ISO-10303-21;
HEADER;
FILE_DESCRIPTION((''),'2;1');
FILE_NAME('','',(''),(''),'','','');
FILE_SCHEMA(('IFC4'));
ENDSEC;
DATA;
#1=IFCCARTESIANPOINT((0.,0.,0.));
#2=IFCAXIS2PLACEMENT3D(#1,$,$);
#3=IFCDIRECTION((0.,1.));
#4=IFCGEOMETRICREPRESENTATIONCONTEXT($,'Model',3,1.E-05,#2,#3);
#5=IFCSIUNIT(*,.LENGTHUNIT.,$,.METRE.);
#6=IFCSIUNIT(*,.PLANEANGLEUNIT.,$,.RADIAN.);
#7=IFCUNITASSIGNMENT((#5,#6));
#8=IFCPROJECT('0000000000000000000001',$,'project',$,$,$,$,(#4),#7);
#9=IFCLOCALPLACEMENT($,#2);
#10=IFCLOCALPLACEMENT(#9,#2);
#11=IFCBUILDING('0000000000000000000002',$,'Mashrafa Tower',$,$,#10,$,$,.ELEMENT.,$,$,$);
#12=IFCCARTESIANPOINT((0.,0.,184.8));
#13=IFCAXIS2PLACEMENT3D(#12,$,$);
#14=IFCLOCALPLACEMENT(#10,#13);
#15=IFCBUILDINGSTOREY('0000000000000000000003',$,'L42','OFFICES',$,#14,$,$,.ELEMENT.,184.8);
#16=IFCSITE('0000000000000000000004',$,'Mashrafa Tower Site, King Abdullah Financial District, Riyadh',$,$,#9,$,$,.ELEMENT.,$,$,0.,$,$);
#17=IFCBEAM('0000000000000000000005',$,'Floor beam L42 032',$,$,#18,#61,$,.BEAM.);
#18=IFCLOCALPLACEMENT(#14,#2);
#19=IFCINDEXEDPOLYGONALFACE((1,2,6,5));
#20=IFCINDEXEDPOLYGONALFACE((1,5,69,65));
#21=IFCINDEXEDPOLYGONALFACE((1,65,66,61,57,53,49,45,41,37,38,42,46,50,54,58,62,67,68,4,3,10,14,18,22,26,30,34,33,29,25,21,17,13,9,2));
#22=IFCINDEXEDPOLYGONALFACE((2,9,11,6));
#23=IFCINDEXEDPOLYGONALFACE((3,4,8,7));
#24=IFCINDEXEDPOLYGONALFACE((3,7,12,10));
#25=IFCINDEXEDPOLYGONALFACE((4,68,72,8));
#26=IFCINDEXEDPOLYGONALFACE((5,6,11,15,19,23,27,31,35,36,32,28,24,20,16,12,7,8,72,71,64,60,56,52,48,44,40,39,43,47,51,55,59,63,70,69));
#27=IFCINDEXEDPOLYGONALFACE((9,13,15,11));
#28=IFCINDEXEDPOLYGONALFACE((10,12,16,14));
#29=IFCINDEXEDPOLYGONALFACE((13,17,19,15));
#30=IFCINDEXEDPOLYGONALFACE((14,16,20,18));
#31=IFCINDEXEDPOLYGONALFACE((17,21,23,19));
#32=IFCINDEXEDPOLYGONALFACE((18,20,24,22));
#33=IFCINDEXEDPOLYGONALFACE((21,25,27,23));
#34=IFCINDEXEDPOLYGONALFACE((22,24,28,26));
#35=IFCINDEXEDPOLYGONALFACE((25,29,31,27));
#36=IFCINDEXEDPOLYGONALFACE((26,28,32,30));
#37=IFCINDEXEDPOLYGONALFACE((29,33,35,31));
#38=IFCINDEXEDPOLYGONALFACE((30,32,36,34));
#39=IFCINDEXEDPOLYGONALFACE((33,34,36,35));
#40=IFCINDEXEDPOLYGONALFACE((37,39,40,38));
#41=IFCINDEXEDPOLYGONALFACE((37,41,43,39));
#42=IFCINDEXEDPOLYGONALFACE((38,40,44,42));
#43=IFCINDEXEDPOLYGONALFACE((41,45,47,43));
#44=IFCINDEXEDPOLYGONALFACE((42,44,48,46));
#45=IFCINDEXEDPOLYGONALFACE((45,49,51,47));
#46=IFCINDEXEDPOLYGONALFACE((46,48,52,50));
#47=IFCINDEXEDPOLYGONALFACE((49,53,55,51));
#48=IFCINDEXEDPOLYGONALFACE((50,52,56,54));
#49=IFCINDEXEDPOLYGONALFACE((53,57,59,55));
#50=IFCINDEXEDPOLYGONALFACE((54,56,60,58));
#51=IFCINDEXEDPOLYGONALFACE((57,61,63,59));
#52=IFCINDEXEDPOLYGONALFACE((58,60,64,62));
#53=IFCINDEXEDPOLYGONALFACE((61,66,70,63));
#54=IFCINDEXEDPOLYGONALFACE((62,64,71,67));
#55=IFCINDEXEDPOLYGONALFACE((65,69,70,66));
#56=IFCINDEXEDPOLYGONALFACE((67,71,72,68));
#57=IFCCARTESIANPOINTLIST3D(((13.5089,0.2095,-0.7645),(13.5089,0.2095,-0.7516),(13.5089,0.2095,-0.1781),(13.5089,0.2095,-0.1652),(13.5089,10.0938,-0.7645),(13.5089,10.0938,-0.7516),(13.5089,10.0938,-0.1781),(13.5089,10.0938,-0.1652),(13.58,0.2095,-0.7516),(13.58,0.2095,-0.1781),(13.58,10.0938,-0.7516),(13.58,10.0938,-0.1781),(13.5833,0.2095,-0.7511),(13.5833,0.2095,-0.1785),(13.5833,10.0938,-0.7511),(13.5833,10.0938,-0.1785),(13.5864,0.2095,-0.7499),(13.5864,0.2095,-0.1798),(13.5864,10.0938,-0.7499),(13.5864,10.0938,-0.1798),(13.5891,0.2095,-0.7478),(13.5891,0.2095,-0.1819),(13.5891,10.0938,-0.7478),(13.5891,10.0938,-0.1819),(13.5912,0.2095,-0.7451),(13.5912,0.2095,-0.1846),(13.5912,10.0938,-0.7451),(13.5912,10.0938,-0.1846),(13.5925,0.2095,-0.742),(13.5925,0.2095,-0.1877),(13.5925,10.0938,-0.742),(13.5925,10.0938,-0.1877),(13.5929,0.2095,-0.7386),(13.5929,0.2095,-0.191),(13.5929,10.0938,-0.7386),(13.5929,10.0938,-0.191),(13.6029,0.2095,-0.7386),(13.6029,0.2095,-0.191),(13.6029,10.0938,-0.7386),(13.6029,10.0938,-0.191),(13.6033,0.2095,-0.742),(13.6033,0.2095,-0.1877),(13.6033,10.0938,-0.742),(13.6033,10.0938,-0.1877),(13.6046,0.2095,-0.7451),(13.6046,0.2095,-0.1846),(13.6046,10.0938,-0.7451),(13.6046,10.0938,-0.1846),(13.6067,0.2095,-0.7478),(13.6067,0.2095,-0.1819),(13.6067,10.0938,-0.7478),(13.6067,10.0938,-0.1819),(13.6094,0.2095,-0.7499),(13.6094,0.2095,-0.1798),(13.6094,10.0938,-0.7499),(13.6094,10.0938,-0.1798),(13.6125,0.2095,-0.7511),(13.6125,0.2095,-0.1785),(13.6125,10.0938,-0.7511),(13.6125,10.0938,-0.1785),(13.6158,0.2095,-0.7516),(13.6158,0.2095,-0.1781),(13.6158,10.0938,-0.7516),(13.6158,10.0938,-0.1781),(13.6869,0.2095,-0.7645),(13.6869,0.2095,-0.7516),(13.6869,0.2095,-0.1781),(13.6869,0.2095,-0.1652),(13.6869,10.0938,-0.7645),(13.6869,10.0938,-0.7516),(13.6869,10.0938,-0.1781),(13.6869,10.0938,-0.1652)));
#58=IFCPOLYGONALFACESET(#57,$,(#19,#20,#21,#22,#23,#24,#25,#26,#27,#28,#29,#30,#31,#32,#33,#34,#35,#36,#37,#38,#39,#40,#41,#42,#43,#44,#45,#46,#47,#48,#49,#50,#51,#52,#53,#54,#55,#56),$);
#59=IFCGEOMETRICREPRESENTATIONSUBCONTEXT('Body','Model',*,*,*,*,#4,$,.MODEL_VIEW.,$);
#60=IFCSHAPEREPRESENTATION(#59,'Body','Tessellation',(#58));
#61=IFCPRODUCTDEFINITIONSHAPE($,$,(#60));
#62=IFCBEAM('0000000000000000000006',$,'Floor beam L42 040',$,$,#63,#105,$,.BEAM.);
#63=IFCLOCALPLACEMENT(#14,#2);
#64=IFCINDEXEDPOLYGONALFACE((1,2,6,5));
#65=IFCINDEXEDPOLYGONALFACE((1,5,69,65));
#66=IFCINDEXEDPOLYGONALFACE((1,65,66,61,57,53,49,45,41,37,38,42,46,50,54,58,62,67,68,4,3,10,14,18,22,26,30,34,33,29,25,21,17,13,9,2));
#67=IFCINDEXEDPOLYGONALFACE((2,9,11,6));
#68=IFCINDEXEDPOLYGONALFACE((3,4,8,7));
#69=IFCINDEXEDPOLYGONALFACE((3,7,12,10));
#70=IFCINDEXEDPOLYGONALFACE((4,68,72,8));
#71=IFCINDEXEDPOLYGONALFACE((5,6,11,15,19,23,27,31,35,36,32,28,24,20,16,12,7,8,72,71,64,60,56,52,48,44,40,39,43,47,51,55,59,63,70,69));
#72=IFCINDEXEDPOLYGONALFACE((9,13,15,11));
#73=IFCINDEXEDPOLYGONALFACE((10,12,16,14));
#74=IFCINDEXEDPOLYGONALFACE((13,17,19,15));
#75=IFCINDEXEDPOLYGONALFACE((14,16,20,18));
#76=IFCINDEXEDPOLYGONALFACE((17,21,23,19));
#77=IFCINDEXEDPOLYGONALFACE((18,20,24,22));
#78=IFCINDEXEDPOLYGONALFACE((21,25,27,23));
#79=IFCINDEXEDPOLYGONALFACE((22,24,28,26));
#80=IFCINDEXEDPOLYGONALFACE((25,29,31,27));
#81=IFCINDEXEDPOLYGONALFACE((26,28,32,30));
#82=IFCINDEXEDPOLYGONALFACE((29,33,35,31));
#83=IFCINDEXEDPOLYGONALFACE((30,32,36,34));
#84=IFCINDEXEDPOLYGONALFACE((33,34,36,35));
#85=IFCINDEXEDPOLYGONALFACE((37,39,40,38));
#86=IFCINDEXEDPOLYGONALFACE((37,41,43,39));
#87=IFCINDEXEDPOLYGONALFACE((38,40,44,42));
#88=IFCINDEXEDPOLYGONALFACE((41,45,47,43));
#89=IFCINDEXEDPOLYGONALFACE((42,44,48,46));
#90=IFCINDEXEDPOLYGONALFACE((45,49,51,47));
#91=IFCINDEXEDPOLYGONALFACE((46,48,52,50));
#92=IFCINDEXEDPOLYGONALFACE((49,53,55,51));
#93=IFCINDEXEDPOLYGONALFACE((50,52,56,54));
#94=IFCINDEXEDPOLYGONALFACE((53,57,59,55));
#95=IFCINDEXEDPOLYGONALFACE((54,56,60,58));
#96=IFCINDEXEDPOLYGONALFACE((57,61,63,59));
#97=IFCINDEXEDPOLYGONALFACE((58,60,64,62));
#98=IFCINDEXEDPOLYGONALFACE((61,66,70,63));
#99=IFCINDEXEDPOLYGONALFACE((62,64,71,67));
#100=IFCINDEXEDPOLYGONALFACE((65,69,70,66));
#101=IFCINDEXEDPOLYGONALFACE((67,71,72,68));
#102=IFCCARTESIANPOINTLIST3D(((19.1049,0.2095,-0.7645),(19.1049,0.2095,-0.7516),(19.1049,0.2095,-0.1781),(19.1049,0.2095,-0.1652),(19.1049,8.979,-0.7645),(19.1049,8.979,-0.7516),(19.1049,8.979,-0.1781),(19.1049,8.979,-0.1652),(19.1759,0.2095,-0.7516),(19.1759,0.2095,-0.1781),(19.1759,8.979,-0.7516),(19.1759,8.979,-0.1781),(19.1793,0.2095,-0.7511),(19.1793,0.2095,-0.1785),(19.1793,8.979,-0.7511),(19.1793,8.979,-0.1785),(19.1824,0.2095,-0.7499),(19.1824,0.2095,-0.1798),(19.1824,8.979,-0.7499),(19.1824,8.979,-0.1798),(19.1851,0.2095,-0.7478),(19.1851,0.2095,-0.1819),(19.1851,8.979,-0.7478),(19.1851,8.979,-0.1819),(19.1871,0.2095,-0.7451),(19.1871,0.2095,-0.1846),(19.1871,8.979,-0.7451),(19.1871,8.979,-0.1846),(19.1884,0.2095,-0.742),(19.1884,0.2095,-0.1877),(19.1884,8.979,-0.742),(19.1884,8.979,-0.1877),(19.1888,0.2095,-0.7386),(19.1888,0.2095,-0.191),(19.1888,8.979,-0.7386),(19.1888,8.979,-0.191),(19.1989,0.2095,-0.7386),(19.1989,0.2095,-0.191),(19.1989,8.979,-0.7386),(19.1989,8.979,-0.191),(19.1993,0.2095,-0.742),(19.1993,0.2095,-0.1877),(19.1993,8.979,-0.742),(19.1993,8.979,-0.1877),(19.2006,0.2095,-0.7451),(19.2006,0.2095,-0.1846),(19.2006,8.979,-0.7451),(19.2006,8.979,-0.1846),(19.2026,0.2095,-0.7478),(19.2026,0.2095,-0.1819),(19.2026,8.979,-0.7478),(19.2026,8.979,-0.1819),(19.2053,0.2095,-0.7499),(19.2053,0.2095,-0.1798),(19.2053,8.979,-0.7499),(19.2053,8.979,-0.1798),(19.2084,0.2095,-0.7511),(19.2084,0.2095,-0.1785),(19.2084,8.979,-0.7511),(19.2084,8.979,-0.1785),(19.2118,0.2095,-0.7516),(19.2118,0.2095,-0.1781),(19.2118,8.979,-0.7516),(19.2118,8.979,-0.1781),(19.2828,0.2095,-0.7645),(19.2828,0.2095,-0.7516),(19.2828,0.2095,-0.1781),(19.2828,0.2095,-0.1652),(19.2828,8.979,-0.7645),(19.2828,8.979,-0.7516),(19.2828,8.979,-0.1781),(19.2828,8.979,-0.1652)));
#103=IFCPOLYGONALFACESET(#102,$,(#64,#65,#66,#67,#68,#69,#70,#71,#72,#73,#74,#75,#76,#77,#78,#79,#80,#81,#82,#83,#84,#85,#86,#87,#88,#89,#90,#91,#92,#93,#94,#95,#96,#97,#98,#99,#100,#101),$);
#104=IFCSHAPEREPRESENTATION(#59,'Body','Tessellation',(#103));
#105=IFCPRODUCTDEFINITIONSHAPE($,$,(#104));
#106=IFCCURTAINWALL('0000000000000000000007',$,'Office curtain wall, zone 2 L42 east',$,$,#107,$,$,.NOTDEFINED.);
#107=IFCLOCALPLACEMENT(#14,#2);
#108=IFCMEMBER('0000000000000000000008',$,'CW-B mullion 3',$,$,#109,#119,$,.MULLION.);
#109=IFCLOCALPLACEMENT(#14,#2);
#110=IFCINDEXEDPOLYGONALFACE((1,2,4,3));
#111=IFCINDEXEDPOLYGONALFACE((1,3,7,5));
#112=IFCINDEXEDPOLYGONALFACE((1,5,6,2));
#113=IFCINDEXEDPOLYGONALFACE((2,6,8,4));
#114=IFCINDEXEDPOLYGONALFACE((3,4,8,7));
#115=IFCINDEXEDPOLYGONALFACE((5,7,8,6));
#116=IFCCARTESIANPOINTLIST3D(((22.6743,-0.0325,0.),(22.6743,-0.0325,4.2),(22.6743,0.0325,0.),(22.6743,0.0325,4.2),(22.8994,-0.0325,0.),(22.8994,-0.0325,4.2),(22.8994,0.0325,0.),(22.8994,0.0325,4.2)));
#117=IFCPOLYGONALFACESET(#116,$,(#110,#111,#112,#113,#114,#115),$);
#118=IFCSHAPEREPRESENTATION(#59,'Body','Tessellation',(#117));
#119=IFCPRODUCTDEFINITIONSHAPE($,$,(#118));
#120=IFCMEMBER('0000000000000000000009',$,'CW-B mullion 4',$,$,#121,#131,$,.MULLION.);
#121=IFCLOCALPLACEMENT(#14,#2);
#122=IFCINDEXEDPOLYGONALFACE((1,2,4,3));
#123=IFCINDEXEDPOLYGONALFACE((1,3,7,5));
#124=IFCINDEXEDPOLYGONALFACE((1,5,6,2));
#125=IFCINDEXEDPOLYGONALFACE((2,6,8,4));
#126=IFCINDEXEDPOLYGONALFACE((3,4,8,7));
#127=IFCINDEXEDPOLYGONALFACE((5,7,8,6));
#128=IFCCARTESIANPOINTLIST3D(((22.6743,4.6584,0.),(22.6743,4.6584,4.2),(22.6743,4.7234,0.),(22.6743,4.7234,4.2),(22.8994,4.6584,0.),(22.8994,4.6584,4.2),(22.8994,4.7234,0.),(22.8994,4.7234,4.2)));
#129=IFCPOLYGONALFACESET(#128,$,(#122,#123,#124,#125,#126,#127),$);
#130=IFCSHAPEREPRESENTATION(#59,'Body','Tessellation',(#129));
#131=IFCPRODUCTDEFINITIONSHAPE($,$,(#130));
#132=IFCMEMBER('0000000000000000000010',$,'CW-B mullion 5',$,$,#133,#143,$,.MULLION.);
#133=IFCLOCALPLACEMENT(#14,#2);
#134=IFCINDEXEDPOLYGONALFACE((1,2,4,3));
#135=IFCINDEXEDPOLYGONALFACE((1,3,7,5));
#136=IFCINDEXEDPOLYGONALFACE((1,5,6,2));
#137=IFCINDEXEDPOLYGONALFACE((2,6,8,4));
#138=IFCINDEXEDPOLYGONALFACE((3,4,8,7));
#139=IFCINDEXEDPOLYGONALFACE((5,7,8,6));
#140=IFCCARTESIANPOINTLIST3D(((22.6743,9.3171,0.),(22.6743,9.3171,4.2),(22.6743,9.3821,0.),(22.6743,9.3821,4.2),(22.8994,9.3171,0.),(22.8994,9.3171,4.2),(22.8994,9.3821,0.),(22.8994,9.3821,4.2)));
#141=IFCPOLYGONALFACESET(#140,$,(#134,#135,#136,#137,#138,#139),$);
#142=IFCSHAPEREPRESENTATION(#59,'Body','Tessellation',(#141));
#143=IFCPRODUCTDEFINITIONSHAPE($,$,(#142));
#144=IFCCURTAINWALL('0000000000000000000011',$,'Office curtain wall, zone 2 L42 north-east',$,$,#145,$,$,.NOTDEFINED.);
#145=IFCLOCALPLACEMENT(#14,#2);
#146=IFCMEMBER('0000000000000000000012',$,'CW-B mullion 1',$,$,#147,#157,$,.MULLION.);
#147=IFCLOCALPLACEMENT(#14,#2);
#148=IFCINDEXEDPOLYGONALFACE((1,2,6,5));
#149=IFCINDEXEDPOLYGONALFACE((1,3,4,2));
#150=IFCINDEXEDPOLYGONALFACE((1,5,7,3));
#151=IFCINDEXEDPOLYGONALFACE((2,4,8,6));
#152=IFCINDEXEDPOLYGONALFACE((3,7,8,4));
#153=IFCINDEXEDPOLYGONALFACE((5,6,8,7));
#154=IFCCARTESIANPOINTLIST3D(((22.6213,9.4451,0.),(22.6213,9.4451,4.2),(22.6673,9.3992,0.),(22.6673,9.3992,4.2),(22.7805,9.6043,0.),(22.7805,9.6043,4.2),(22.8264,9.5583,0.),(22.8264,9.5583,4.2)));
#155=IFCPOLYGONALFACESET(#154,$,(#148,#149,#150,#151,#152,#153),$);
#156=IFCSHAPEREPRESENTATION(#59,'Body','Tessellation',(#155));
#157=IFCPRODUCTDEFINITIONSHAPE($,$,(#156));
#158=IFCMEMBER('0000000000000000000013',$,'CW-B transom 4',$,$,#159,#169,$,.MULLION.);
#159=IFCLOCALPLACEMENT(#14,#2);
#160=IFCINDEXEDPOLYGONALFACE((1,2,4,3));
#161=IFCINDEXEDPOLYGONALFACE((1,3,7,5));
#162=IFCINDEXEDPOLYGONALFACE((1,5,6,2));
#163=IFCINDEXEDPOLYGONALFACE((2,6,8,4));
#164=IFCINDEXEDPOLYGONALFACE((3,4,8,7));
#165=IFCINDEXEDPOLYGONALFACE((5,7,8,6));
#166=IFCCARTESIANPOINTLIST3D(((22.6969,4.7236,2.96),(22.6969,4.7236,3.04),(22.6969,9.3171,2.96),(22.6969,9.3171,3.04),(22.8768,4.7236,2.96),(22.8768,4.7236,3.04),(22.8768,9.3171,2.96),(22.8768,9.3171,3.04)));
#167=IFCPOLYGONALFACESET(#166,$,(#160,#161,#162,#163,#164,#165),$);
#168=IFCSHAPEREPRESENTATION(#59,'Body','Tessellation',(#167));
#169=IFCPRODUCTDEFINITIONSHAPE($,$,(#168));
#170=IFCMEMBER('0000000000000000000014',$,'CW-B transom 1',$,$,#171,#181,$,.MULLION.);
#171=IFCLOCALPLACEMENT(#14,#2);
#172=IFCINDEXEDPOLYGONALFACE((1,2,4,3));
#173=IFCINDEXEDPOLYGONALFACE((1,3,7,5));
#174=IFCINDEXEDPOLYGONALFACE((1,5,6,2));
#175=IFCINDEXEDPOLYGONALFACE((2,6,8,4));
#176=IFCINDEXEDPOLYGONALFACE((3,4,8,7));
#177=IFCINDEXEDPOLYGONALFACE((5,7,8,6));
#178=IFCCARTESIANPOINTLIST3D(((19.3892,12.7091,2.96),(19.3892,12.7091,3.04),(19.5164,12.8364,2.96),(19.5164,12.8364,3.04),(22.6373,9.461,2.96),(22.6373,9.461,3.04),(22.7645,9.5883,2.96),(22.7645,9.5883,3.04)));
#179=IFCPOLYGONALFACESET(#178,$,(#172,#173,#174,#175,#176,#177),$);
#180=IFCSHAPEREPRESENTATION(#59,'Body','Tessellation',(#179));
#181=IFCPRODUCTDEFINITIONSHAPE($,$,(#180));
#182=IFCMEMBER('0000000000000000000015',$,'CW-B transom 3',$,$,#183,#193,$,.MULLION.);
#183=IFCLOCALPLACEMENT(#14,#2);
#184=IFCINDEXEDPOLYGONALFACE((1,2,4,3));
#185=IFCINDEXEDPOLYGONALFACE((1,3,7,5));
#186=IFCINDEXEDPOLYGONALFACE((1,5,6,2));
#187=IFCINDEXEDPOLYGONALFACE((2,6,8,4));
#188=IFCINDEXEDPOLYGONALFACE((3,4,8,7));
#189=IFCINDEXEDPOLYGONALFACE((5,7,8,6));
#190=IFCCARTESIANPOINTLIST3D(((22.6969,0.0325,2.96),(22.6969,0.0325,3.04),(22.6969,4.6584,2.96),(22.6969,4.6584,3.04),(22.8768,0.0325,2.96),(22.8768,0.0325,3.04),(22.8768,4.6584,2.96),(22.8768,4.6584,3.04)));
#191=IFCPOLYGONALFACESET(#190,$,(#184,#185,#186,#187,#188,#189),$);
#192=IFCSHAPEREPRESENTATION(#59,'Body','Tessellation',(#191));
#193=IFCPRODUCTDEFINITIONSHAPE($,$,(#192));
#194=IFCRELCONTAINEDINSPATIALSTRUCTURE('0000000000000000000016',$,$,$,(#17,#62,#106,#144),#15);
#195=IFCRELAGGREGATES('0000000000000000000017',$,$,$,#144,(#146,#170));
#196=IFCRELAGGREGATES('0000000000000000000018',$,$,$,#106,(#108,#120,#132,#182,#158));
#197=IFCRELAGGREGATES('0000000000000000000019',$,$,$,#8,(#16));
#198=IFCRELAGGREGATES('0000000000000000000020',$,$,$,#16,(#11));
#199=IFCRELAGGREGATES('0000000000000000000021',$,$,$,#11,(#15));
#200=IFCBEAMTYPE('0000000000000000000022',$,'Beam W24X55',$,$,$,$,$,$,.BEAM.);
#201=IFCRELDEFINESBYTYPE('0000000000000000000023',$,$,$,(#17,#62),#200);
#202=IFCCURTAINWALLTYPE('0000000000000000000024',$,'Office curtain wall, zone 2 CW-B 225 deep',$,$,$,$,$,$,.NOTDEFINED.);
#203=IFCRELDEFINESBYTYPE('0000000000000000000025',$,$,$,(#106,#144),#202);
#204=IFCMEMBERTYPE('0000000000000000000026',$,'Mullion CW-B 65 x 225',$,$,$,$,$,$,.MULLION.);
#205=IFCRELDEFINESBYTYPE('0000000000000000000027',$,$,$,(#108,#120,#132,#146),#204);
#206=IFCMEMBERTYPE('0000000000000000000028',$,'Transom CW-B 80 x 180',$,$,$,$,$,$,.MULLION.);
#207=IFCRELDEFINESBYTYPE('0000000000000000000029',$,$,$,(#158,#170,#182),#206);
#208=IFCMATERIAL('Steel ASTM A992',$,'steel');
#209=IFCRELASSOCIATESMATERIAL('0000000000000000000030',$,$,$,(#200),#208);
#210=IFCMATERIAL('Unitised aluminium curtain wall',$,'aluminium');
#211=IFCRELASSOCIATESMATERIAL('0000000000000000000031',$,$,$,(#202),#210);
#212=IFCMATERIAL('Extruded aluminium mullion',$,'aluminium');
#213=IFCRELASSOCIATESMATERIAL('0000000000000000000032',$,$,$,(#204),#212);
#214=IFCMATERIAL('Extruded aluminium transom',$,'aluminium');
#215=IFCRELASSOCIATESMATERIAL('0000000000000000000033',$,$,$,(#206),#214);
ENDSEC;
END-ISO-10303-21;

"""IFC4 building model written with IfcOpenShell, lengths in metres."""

from ifc_helpers import new_model, si_unit, direction, frame, origin, origin_2d, place, context, subcontext, project, spatial, rectangle, i_section, extrude, source, transform, mapped, material, material_profile, profile_set, type_object, type_shapes, element, aggregate, save


model = new_model("IFC4")

# Units and contexts
model_context = context("Model", 3, precision=1e-05, world=origin(), true_north=direction((0.0, 1.0)))
body_context = subcontext(model_context, "Body", "Model", "MODEL_VIEW")
ifc_project = project(units=[si_unit("LENGTHUNIT", "METRE"), si_unit("PLANEANGLEUNIT", "RADIAN")], contexts=[model_context])

# Site, building, storey
site_placement = place(None, origin())
site = spatial("IfcSite", under=ifc_project, at=site_placement, Name="Mashrafa Tower Site, King Abdullah Financial District, Riyadh", CompositionType="ELEMENT", RefElevation=0.0)
building_placement = place(site_placement, origin())
building = spatial("IfcBuilding", under=site, at=building_placement, Name="Mashrafa Tower", CompositionType="ELEMENT")
storey_placement = place(building_placement, frame((0.0, 0.0, 184.8)))
storey = spatial("IfcBuildingStorey", under=building, at=storey_placement, Name="L42", Description="OFFICES", CompositionType="ELEMENT", Elevation=184.8)

# Beams
ifc_material_1 = material(Name="Steel ASTM A992", Category="steel")
ifc_material_profile_1 = material_profile(ifc_material_1, i_section(OverallWidth=0.178, OverallDepth=0.5994, WebThickness=0.01, FlangeThickness=0.0129, FilletRadius=0.0129, at=origin_2d()), Name="W24X55")
ifc_profile_set_1 = profile_set([ifc_material_profile_1], Name="Steel ASTM A992")
beam_type_1 = type_object("IfcBeamType", Name="Beam W24X55", PredefinedType="BEAM", material=ifc_profile_set_1)
beam_1_placement = place(storey_placement, frame((13.5979, 10.0938, -0.4648), z_axis=(0.0, -1.0, 0.0), x_axis=(1.0, 0.0, 0.0)))
element("IfcBeam", 1, at=beam_1_placement, inside=storey, type_object=beam_type_1, Name="Floor beam L42 032", PredefinedType="BEAM", context=body_context, shape_type="SweptSolid", body=[
    extrude(i_section(OverallWidth=0.178, OverallDepth=0.5994, WebThickness=0.01, FlangeThickness=0.0129, FilletRadius=0.0129, at=origin_2d()), origin(), (0.0, 0.0, 1.0), 9.8843),
])
beam_2_placement = place(storey_placement, frame((19.1938, 8.979, -0.4648), z_axis=(0.0, -1.0, 0.0), x_axis=(1.0, 0.0, 0.0)))
element("IfcBeam", 2, at=beam_2_placement, inside=storey, type_object=beam_type_1, Name="Floor beam L42 040", PredefinedType="BEAM", context=body_context, shape_type="SweptSolid", body=[
    extrude(i_section(OverallWidth=0.178, OverallDepth=0.5994, WebThickness=0.01, FlangeThickness=0.0129, FilletRadius=0.0129, at=origin_2d()), origin(), (0.0, 0.0, 1.0), 8.7695),
])

# Curtain wall, members
ifc_material_2 = material(Name="Unitised aluminium curtain wall", Category="aluminium")
curtain_wall_type = type_object("IfcCurtainWallType", Name="Office curtain wall, zone 2 CW-B 225 deep", PredefinedType="NOTDEFINED", material=ifc_material_2)
curtain_wall_1_placement = place(storey_placement, origin())
curtain_wall_1 = element("IfcCurtainWall", 3, at=curtain_wall_1_placement, inside=storey, type_object=curtain_wall_type, Name="Office curtain wall, zone 2 L42 east", PredefinedType="NOTDEFINED")
ifc_material_3 = material(Name="Extruded aluminium mullion", Category="aluminium")
ifc_material_profile_2 = material_profile(ifc_material_3, rectangle(XDim=0.2251, YDim=0.0649, at=origin_2d()), Name="Mullion 65x225")
ifc_profile_set_2 = profile_set([ifc_material_profile_2], Name="Extruded aluminium mullion")
member_type_1 = type_object("IfcMemberType", Name="Mullion CW-B 65 x 225", PredefinedType="MULLION", material=ifc_profile_set_2)
shared_shape_1 = source(origin(), body_context, "Body", "SweptSolid", [
    extrude(rectangle(XDim=0.2251, YDim=0.0649, at=origin_2d()), origin(), (0.0, 0.0, 1.0), 4.2),
])
type_shapes(member_type_1, [shared_shape_1])
member_1_placement = place(storey_placement, frame((22.7869, 0.0, 0.0), z_axis=(0.0, 0.0, 1.0), x_axis=(-1.0, 0.0, 0.0)))
member_1 = element("IfcMember", 4, at=member_1_placement, type_object=member_type_1, Name="CW-B mullion 3", PredefinedType="MULLION", context=body_context, shape_type="MappedRepresentation", body=[
    mapped(shared_shape_1, transform((0.0, 0.0, 0.0))),
])
member_2_placement = place(storey_placement, frame((22.7869, 4.6909, 0.0), z_axis=(0.0, 0.0, 1.0), x_axis=(-1.0, 0.0, 0.0)))
member_2 = element("IfcMember", 5, at=member_2_placement, type_object=member_type_1, Name="CW-B mullion 4", PredefinedType="MULLION", context=body_context, shape_type="MappedRepresentation", body=[
    mapped(shared_shape_1, transform((0.0, 0.0, 0.0))),
])
member_3_placement = place(storey_placement, frame((22.7869, 9.3496, 0.0), z_axis=(0.0, 0.0, 1.0), x_axis=(-1.0, 0.0, 0.0)))
member_3 = element("IfcMember", 6, at=member_3_placement, type_object=member_type_1, Name="CW-B mullion 5", PredefinedType="MULLION", context=body_context, shape_type="MappedRepresentation", body=[
    mapped(shared_shape_1, transform((0.0, 0.0, 0.0))),
])

# Curtain wall, member
curtain_wall_2_placement = place(storey_placement, origin())
curtain_wall_2 = element("IfcCurtainWall", 7, at=curtain_wall_2_placement, inside=storey, type_object=curtain_wall_type, Name="Office curtain wall, zone 2 L42 north-east", PredefinedType="NOTDEFINED")
member_4_placement = place(storey_placement, frame((22.7239, 9.5017, 0.0), z_axis=(0.0, 0.0, 1.0), x_axis=(-0.707107, -0.707107, 0.0)))
member_4 = element("IfcMember", 8, at=member_4_placement, type_object=member_type_1, Name="CW-B mullion 1", PredefinedType="MULLION", context=body_context, shape_type="MappedRepresentation", body=[
    mapped(shared_shape_1, transform((0.0, 0.0, 0.0))),
])

# Members
ifc_material_4 = material(Name="Extruded aluminium transom", Category="aluminium")
ifc_material_profile_3 = material_profile(ifc_material_4, rectangle(XDim=0.1799, YDim=0.0801, at=origin_2d()), Name="Transom 80x180")
ifc_profile_set_3 = profile_set([ifc_material_profile_3], Name="Extruded aluminium transom")
member_type_2 = type_object("IfcMemberType", Name="Transom CW-B 80 x 180", PredefinedType="MULLION", material=ifc_profile_set_3)
shared_shape_2 = source(origin(), body_context, "Body", "SweptSolid", [
    extrude(rectangle(XDim=0.1799, YDim=0.0801, at=origin_2d()), origin(), (0.0, 0.0, 1.0), 4.5935),
])
member_5_placement = place(storey_placement, frame((22.7869, 4.7236, 3.0), z_axis=(0.0, 1.0, 0.0), x_axis=(-1.0, 0.0, 0.0)))
member_5 = element("IfcMember", 9, at=member_5_placement, type_object=member_type_2, Name="CW-B transom 4", PredefinedType="MULLION", context=body_context, shape_type="MappedRepresentation", body=[
    mapped(shared_shape_2, transform((0.0, 0.0, 0.0))),
])
member_6_placement = place(storey_placement, frame((22.7009, 9.5247, 3.0), z_axis=(-0.707107, 0.707107, 0.0), x_axis=(-0.707107, -0.707107, 0.0)))
member_6 = element("IfcMember", 10, at=member_6_placement, type_object=member_type_2, Name="CW-B transom 1", PredefinedType="MULLION", context=body_context, shape_type="MappedRepresentation", body=[
    mapped(shared_shape_2, transform((0.0, 0.0, 0.0))),
])
aggregate(curtain_wall_2, [member_4, member_6])
shared_shape_3 = source(origin(), body_context, "Body", "SweptSolid", [
    extrude(rectangle(XDim=0.1799, YDim=0.0801, at=origin_2d()), origin(), (0.0, 0.0, 1.0), 4.626),
])
type_shapes(member_type_2, [shared_shape_2, shared_shape_3])
member_7_placement = place(storey_placement, frame((22.7869, 0.0325, 3.0), z_axis=(0.0, 1.0, 0.0), x_axis=(-1.0, 0.0, 0.0)))
member_7 = element("IfcMember", 11, at=member_7_placement, type_object=member_type_2, Name="CW-B transom 3", PredefinedType="MULLION", context=body_context, shape_type="MappedRepresentation", body=[
    mapped(shared_shape_3, transform((0.0, 0.0, 0.0))),
])

aggregate(curtain_wall_1, [member_1, member_2, member_3, member_7, member_5])

save(model, "model.ifc")
